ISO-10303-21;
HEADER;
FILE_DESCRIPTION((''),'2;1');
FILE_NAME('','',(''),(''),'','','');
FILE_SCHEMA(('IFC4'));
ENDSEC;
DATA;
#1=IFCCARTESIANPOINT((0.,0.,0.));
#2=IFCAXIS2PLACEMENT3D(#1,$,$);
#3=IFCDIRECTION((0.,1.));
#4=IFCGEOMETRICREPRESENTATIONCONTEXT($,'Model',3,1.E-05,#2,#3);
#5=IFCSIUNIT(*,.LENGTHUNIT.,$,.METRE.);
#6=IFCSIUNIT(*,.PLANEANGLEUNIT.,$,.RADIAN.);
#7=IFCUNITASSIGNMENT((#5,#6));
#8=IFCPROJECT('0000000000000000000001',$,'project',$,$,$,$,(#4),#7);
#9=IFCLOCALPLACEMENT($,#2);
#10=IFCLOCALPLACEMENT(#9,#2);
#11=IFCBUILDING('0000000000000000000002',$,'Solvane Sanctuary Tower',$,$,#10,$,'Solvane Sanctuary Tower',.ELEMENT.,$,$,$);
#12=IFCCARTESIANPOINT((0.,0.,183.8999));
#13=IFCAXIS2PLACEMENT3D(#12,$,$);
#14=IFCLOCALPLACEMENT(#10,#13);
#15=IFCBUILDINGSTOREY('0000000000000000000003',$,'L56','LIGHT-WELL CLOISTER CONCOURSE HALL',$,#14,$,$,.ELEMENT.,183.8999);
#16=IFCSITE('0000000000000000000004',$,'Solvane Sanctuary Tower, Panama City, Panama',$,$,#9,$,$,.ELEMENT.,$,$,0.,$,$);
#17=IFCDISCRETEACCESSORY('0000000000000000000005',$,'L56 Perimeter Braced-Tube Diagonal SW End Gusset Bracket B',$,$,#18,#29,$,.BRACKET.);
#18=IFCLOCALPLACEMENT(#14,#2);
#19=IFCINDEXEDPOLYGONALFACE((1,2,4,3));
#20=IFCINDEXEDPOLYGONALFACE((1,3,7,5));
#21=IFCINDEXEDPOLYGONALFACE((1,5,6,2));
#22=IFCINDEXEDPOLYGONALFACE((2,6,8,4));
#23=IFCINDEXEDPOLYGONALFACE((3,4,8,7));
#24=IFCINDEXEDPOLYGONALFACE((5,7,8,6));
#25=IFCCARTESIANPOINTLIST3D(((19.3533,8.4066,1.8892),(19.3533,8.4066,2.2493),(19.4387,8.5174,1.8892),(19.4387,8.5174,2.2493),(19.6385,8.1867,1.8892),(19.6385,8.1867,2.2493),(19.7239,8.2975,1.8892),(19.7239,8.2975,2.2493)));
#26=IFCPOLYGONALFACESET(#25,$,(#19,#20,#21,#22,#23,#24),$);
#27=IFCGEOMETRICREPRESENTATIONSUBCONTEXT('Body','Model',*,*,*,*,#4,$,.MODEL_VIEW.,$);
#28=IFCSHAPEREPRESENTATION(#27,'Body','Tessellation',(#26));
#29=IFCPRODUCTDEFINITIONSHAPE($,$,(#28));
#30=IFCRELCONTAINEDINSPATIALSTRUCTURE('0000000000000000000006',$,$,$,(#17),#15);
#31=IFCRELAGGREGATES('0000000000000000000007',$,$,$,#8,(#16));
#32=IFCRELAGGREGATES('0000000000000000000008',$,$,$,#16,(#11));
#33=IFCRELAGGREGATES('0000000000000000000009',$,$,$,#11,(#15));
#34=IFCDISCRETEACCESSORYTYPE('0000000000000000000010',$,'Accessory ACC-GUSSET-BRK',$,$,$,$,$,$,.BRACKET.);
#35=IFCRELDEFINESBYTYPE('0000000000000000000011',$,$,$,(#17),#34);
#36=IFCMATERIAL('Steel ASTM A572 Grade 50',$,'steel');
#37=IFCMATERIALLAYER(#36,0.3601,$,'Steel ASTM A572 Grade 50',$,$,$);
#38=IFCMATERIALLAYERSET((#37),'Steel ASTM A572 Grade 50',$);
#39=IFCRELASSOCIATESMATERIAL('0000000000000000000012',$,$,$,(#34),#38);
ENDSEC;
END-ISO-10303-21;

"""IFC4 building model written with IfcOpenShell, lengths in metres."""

from ifc_helpers import new_model, si_unit, direction, frame, origin, origin_2d, place, context, subcontext, project, spatial, rectangle, extrude, material, layer, layer_set, type_object, element, save


model = new_model("IFC4")

# Units and contexts
model_context = context("Model", 3, precision=1e-05, world=origin(), true_north=direction((0.0, 1.0)))
body_context = subcontext(model_context, "Body", "Model", "MODEL_VIEW")
ifc_project = project(units=[si_unit("LENGTHUNIT", "METRE"), si_unit("PLANEANGLEUNIT", "RADIAN")], contexts=[model_context])

# Site, building, storey
site_placement = place(None, origin())
site = spatial("IfcSite", under=ifc_project, at=site_placement, Name="Solvane Sanctuary Tower, Panama City, Panama", CompositionType="ELEMENT", RefElevation=0.0)
building_placement = place(site_placement, origin())
building = spatial("IfcBuilding", under=site, at=building_placement, Name="Solvane Sanctuary Tower", LongName="Solvane Sanctuary Tower", CompositionType="ELEMENT")
storey_placement = place(building_placement, frame((0.0, 0.0, 183.8999)))
storey = spatial("IfcBuildingStorey", under=building, at=storey_placement, Name="L56", Description="LIGHT-WELL CLOISTER CONCOURSE HALL", CompositionType="ELEMENT", Elevation=183.8999)

# Discrete accessory
ifc_material_1 = material(Name="Steel ASTM A572 Grade 50", Category="steel")
ifc_layer_1 = layer(ifc_material_1, 0.3601, Name="Steel ASTM A572 Grade 50")
ifc_layer_set_1 = layer_set([ifc_layer_1], Name="Steel ASTM A572 Grade 50")
discrete_accessory_type = type_object("IfcDiscreteAccessoryType", Name="Accessory ACC-GUSSET-BRK", PredefinedType="BRACKET", material=ifc_layer_set_1)
discrete_accessory_placement = place(storey_placement, frame((19.5386, 8.3521, 1.8892), z_axis=(0.0, 0.0, 1.0), x_axis=(0.792077, -0.610422, 0.0)))
element("IfcDiscreteAccessory", 1, at=discrete_accessory_placement, inside=storey, type_object=discrete_accessory_type, Name="L56 Perimeter Braced-Tube Diagonal SW End Gusset Bracket B", PredefinedType="BRACKET", context=body_context, shape_type="SweptSolid", body=[
    extrude(rectangle(XDim=0.3601, YDim=0.1399, at=origin_2d()), origin(), (0.0, 0.0, 1.0), 0.3601),
])

save(model, "model.ifc")
